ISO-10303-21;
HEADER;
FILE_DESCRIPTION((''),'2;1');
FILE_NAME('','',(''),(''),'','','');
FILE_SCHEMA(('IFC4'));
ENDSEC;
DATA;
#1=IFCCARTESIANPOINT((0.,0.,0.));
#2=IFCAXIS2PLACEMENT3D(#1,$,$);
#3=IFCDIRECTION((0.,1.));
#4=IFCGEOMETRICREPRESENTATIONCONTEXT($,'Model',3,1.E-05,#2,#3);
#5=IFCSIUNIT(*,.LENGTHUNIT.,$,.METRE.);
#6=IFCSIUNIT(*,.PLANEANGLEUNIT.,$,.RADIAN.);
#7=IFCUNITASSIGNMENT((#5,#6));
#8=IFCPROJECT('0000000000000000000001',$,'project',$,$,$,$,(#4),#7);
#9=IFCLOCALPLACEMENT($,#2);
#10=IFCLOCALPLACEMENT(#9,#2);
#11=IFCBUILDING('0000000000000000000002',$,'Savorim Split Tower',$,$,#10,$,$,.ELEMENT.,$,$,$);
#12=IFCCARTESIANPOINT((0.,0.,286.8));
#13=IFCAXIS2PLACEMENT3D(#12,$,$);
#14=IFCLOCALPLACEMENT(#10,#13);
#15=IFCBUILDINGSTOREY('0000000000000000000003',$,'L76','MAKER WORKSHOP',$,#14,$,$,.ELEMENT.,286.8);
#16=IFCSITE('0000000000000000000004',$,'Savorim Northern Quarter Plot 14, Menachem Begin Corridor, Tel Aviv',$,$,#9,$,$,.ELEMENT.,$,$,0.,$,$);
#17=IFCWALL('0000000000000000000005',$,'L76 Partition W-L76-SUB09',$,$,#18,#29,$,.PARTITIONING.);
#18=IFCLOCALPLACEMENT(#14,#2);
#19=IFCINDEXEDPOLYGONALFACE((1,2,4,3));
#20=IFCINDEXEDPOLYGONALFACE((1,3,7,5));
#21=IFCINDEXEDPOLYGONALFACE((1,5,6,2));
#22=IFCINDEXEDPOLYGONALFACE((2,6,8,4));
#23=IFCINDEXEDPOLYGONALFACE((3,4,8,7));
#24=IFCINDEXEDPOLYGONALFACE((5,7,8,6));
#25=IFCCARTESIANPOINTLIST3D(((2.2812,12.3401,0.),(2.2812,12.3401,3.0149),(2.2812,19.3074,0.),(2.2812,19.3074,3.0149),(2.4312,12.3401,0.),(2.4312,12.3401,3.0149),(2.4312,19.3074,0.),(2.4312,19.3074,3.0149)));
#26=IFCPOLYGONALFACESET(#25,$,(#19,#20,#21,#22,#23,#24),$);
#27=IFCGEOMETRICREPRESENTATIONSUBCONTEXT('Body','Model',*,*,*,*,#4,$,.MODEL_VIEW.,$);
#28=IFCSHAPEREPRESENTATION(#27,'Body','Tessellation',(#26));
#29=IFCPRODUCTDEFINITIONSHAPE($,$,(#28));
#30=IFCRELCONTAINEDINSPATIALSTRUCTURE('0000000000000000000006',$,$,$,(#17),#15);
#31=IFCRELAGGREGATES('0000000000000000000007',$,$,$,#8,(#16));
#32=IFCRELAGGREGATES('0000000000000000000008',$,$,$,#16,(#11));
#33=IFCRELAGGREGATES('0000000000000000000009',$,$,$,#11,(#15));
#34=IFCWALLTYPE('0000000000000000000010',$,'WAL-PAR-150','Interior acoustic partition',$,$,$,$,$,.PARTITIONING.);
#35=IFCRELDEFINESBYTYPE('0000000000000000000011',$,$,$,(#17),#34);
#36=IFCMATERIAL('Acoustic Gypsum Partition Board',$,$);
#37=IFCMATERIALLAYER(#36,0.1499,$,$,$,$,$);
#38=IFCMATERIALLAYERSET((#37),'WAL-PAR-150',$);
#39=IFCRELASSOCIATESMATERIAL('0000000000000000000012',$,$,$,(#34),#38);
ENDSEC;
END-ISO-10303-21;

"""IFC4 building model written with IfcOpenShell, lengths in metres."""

from ifc_helpers import new_model, si_unit, direction, frame, frame_2d, origin, place, context, subcontext, project, spatial, rectangle, extrude, material, layer, layer_set, type_object, element, save


model = new_model("IFC4")

# Units and contexts
model_context = context("Model", 3, precision=1e-05, world=origin(), true_north=direction((0.0, 1.0)))
body_context = subcontext(model_context, "Body", "Model", "MODEL_VIEW")
ifc_project = project(units=[si_unit("LENGTHUNIT", "METRE"), si_unit("PLANEANGLEUNIT", "RADIAN")], contexts=[model_context])

# Site, building, storey
site_placement = place(None, origin())
site = spatial("IfcSite", under=ifc_project, at=site_placement, Name="Savorim Northern Quarter Plot 14, Menachem Begin Corridor, Tel Aviv", CompositionType="ELEMENT", RefElevation=0.0)
building_placement = place(site_placement, origin())
building = spatial("IfcBuilding", under=site, at=building_placement, Name="Savorim Split Tower", CompositionType="ELEMENT")
storey_placement = place(building_placement, frame((0.0, 0.0, 286.8)))
storey = spatial("IfcBuildingStorey", under=building, at=storey_placement, Name="L76", Description="MAKER WORKSHOP", CompositionType="ELEMENT", Elevation=286.8)

# Shared definitions
ifc_material_1 = material(Name="Acoustic Gypsum Partition Board")
ifc_layer_1 = layer(ifc_material_1, 0.1499)
ifc_layer_set_1 = layer_set([ifc_layer_1], Name="WAL-PAR-150")
wall_type_1 = type_object("IfcWallType", Name="WAL-PAR-150", Description="Interior acoustic partition", PredefinedType="PARTITIONING", material=ifc_layer_set_1)

# Wall
wall_1_placement = place(storey_placement, frame((2.3562, 12.3401, 0.0), z_axis=(0.0, 0.0, 1.0), x_axis=(0.0, 1.0, 0.0)))
element("IfcWall", 1, at=wall_1_placement, inside=storey, type_object=wall_type_1, Name="L76 Partition W-L76-SUB09", PredefinedType="PARTITIONING", context=body_context, shape_type="SweptSolid", body=[
    extrude(rectangle(XDim=6.9673, YDim=0.1499, at=frame_2d((3.4836, 0.0))), origin(), (0.0, 0.0, 1.0), 3.0149),
])

save(model, "model.ifc")
